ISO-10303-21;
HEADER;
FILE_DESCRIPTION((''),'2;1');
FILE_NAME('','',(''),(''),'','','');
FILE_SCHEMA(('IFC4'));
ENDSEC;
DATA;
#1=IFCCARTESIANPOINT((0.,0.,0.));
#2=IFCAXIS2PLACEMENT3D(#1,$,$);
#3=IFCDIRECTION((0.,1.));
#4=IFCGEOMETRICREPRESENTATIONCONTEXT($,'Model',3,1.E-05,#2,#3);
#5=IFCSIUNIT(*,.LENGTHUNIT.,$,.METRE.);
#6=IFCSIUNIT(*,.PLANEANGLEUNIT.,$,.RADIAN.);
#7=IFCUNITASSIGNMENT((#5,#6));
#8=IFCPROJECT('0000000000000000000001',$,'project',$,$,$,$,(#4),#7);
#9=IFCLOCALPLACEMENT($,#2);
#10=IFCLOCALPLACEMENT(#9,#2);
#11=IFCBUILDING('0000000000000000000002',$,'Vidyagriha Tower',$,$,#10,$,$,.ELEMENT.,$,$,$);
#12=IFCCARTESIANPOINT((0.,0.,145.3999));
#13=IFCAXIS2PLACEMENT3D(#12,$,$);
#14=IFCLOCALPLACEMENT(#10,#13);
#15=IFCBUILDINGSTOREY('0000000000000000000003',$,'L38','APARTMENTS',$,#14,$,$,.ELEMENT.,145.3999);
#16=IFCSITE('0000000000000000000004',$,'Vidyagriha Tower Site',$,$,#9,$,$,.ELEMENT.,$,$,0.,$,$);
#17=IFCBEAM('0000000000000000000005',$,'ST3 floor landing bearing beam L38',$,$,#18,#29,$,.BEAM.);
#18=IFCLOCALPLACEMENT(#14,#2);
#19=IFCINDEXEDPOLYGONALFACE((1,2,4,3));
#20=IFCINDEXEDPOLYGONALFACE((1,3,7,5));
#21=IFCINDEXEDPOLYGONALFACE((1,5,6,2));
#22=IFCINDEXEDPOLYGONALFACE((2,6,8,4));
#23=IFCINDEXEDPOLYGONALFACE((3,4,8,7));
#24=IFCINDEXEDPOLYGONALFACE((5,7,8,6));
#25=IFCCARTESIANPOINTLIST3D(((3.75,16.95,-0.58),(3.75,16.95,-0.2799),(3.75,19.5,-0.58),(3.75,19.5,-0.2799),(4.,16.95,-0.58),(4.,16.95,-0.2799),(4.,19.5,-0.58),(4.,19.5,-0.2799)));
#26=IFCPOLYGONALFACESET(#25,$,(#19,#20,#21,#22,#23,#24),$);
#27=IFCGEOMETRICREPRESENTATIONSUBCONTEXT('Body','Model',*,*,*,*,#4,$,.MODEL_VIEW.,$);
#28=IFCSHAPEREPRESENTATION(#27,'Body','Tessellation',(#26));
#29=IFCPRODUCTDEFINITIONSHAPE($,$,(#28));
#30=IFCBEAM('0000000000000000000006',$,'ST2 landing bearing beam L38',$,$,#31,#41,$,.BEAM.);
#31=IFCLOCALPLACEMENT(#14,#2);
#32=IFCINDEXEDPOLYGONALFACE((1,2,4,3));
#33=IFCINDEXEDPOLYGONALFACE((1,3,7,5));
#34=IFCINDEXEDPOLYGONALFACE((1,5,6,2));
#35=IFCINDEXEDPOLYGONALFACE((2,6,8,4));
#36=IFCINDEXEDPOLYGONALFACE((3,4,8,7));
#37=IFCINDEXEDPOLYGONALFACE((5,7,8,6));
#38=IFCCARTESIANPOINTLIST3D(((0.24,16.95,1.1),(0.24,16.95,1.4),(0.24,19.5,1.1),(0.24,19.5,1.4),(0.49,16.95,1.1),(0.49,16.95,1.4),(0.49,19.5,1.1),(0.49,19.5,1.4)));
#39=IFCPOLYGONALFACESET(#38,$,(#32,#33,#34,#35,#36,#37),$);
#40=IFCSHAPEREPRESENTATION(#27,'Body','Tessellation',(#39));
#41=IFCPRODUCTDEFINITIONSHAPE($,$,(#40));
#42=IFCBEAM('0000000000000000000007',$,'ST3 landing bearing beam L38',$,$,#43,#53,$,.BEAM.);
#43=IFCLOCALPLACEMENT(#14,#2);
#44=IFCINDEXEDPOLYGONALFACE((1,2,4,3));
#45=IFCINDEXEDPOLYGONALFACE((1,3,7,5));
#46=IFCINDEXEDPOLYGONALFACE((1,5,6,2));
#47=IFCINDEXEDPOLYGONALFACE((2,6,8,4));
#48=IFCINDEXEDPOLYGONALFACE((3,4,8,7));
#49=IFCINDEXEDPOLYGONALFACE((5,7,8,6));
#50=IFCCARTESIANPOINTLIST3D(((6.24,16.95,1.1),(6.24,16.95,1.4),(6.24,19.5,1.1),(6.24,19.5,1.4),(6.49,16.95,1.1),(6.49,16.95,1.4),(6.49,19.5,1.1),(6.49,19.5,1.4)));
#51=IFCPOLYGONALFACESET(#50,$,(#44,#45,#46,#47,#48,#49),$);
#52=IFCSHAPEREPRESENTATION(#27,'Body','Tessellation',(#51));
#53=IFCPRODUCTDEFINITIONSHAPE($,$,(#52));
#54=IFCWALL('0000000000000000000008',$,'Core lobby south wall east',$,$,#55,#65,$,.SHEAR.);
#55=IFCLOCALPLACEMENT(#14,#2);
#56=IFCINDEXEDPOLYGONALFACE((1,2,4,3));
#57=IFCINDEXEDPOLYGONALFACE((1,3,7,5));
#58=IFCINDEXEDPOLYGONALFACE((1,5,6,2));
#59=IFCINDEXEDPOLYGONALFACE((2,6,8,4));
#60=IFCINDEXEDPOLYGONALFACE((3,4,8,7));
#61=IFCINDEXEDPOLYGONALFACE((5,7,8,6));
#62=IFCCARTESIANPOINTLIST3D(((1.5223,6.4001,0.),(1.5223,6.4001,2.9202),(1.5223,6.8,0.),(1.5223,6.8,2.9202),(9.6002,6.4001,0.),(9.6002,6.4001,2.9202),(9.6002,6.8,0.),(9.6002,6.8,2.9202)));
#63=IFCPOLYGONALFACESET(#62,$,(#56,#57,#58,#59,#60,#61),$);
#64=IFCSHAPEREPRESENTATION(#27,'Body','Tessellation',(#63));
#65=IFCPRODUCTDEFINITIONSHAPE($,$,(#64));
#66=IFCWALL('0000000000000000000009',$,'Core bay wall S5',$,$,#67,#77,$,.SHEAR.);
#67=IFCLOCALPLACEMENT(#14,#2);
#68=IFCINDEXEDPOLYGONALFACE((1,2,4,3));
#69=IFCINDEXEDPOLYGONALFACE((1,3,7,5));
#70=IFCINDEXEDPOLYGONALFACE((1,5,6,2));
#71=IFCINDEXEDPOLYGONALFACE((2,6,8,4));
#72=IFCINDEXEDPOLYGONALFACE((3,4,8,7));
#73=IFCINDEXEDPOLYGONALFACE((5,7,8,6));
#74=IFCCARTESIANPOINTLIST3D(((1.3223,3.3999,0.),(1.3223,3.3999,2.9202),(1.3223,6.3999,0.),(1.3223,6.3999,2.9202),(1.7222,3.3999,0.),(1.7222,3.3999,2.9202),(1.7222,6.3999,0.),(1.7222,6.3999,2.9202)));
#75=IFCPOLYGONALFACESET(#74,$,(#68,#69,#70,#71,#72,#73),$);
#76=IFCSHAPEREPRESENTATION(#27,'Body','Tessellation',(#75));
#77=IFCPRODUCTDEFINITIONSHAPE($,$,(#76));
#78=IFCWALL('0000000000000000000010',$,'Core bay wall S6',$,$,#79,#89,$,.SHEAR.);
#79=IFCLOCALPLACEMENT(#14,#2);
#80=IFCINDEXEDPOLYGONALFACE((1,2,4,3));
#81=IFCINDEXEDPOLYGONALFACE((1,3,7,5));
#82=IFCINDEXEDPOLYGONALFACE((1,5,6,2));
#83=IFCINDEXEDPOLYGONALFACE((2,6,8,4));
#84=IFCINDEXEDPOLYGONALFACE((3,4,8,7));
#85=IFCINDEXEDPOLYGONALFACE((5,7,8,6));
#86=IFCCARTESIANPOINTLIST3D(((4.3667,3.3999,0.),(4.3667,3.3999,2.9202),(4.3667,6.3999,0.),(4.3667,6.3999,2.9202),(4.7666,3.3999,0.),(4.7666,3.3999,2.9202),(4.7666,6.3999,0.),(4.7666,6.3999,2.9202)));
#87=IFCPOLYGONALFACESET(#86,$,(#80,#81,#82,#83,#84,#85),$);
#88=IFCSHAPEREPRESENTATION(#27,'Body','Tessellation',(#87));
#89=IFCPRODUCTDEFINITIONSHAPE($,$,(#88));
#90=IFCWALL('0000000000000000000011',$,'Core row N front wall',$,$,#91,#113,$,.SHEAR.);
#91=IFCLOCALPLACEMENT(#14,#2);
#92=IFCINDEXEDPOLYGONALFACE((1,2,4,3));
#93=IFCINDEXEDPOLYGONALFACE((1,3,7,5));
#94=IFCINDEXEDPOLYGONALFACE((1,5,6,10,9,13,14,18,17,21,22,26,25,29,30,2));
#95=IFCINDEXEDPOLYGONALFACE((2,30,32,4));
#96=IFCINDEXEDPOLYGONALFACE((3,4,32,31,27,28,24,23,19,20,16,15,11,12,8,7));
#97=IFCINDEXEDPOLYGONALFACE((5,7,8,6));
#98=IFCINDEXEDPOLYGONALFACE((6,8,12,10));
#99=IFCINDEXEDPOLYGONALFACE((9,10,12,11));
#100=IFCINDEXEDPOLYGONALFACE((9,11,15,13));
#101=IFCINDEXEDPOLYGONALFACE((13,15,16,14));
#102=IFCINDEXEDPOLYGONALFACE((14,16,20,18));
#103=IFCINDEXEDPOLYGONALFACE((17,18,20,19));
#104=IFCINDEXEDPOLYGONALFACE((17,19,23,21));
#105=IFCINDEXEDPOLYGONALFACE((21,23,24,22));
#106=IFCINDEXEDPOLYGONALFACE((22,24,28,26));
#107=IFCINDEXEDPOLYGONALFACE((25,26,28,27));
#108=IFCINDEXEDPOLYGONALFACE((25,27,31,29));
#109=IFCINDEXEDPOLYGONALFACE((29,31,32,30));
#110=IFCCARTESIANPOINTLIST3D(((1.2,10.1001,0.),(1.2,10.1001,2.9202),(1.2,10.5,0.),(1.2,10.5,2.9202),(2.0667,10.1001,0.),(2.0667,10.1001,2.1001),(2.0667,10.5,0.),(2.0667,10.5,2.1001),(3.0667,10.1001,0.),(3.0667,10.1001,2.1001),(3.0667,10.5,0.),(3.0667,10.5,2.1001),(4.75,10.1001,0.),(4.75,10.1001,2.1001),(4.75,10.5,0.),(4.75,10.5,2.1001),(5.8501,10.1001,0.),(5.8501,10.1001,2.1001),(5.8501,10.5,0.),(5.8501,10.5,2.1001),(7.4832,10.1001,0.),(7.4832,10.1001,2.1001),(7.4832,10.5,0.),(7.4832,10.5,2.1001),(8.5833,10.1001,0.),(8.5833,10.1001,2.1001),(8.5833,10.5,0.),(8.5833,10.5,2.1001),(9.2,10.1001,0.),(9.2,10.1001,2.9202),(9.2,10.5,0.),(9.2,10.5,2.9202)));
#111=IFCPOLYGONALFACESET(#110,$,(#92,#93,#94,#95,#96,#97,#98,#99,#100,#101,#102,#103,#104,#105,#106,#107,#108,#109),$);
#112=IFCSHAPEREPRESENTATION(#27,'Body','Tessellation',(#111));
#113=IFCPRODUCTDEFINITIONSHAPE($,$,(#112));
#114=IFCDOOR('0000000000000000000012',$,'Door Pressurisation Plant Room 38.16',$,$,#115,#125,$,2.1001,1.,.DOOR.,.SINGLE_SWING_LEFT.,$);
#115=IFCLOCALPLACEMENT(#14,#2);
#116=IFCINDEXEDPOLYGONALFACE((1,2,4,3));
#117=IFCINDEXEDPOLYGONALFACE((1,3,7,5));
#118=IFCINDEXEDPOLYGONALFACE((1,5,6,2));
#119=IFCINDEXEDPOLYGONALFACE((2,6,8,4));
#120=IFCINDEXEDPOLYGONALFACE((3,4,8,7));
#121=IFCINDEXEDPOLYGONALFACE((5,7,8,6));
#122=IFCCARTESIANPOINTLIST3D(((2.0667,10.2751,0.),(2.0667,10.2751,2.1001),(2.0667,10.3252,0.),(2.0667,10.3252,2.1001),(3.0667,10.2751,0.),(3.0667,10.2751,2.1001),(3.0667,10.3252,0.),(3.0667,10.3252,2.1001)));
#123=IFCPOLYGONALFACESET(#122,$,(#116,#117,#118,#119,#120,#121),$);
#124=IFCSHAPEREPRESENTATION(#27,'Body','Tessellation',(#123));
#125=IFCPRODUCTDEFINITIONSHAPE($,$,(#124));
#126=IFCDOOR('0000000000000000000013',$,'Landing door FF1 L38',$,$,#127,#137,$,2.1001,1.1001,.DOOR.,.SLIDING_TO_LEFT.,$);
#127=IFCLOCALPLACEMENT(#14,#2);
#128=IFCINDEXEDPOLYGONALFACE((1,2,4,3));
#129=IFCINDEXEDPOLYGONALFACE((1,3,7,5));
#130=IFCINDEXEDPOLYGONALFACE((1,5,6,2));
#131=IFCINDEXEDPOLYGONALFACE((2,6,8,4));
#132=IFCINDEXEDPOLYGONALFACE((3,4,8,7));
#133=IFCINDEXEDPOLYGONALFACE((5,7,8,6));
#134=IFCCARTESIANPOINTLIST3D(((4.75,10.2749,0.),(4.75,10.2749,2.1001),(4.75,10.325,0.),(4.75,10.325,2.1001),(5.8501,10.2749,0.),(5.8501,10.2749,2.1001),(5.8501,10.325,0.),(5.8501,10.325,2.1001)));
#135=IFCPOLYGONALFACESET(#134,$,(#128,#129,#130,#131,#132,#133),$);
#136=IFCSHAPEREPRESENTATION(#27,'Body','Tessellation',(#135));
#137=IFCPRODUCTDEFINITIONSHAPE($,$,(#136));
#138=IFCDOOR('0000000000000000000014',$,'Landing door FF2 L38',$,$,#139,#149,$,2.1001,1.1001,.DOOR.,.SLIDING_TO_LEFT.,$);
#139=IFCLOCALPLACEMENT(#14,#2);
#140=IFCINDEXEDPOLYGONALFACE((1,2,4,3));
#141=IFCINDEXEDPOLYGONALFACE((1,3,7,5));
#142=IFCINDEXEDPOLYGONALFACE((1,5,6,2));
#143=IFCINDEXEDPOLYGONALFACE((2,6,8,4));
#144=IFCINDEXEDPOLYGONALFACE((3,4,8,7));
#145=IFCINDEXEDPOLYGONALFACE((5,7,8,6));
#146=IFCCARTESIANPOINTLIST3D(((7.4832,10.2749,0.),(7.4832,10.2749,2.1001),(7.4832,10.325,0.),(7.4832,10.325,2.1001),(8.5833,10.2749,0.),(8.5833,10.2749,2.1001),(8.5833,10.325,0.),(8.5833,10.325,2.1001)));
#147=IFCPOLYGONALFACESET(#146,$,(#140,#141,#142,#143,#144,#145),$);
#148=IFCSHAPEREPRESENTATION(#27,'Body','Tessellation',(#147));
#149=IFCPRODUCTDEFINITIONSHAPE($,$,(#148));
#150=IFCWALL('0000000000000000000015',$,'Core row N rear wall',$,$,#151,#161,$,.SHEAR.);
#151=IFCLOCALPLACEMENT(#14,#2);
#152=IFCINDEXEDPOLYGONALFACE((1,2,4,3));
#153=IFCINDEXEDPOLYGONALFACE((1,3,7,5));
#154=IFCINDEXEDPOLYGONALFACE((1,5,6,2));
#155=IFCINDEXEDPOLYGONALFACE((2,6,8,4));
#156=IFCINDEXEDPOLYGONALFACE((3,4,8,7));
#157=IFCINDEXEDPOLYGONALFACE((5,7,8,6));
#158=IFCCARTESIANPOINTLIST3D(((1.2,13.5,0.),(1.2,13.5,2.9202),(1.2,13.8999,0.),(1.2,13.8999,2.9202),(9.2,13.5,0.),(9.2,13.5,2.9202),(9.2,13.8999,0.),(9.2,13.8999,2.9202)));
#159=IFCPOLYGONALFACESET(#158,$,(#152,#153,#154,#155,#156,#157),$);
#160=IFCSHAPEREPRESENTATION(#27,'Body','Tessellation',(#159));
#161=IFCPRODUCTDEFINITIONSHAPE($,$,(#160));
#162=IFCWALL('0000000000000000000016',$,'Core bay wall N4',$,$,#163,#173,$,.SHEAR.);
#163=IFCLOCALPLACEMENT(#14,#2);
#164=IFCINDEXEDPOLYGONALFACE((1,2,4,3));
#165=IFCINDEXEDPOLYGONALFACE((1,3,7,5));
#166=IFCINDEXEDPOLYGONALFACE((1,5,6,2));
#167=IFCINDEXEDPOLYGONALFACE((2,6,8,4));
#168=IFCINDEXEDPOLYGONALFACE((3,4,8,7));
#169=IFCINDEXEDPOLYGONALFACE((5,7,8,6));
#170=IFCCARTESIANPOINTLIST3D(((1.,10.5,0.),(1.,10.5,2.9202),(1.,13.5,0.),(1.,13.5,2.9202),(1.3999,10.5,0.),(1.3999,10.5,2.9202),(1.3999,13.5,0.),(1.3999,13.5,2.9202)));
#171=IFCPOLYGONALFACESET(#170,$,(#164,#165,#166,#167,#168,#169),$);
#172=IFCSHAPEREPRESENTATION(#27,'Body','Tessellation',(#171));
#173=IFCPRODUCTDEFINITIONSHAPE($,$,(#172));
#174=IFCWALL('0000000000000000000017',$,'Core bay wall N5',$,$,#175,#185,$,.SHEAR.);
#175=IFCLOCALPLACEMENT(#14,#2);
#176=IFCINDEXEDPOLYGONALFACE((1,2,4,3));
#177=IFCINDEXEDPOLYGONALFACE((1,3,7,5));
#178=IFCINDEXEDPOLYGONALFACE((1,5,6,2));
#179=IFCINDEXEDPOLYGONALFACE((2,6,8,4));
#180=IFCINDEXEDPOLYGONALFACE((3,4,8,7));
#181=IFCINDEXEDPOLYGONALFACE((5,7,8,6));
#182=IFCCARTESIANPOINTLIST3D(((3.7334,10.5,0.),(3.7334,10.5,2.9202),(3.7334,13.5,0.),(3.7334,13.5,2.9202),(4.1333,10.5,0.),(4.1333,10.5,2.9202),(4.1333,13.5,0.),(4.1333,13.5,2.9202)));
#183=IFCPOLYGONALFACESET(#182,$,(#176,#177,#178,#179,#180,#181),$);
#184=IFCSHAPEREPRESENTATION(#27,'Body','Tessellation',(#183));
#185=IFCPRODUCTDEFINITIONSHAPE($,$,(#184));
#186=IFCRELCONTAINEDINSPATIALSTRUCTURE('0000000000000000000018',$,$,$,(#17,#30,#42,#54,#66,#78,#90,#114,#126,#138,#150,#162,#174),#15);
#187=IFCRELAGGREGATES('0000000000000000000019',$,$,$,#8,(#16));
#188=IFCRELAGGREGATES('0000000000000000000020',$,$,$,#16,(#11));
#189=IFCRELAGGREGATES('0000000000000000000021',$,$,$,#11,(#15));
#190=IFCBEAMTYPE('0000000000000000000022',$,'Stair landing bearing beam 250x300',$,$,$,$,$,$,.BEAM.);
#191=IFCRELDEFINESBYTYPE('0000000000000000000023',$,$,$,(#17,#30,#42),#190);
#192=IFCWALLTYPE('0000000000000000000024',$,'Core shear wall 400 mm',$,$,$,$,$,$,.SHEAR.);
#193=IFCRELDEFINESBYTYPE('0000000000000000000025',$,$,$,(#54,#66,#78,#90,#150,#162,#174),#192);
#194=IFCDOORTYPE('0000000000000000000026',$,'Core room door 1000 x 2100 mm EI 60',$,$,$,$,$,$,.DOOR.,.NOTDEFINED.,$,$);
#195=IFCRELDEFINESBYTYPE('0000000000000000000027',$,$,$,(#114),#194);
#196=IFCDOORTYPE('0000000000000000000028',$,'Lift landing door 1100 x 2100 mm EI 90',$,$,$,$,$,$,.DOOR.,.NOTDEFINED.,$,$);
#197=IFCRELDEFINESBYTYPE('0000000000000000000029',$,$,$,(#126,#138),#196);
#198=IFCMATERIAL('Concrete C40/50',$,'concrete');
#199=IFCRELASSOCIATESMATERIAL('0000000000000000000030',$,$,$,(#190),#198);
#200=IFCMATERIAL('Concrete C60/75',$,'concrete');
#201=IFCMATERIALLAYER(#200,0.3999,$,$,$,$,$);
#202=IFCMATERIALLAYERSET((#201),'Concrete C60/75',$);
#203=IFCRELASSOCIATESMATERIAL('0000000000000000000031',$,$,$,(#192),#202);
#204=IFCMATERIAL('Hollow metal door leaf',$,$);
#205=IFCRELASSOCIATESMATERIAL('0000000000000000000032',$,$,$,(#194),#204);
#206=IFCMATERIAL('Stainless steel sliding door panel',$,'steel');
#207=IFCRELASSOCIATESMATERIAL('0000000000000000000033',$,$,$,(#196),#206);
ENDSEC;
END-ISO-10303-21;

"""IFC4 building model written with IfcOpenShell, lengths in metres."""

from ifc_helpers import new_model, si_unit, direction, frame, frame_2d, origin, origin_2d, place, context, subcontext, project, spatial, rectangle, extrude, material, layer, layer_set, material_profile, profile_set, type_object, element, fill, save


model = new_model("IFC4")

# Units and contexts
model_context = context("Model", 3, precision=1e-05, world=origin(), true_north=direction((0.0, 1.0)))
body_context = subcontext(model_context, "Body", "Model", "MODEL_VIEW")
ifc_project = project(units=[si_unit("LENGTHUNIT", "METRE"), si_unit("PLANEANGLEUNIT", "RADIAN")], contexts=[model_context])

# Site, building, storey
site_placement = place(None, origin())
site = spatial("IfcSite", under=ifc_project, at=site_placement, Name="Vidyagriha Tower Site", CompositionType="ELEMENT", RefElevation=0.0)
building_placement = place(site_placement, origin())
building = spatial("IfcBuilding", under=site, at=building_placement, Name="Vidyagriha Tower", CompositionType="ELEMENT")
storey_placement = place(building_placement, frame((0.0, 0.0, 145.3999)))
storey = spatial("IfcBuildingStorey", under=building, at=storey_placement, Name="L38", Description="APARTMENTS", CompositionType="ELEMENT", Elevation=145.3999)

# Beams
ifc_material_1 = material(Name="Concrete C40/50", Category="concrete")
ifc_material_profile = material_profile(ifc_material_1, rectangle(XDim=0.25, YDim=0.3, at=origin_2d()), Name="Stair landing bearing beam 250x300")
ifc_profile_set = profile_set([ifc_material_profile], Name="Concrete C40/50")
beam_type = type_object("IfcBeamType", Name="Stair landing bearing beam 250x300", PredefinedType="BEAM", material=ifc_profile_set)
for number, where, z_axis, x_axis, name in (
    (1, (3.875, 16.95, -0.4299), (0.0, 1.0, 0.0), (-1.0, 0.0, 0.0), "ST3 floor landing bearing beam L38"),
    (2, (0.365, 16.95, 1.25), (0.0, 1.0, 0.0), (-1.0, 0.0, 0.0), "ST2 landing bearing beam L38"),
    (3, (6.365, 16.95, 1.25), (0.0, 1.0, 0.0), (-1.0, 0.0, 0.0), "ST3 landing bearing beam L38"),
):
    element("IfcBeam", number, at=place(storey_placement, frame(where, z_axis=z_axis, x_axis=x_axis)), inside=storey, type_object=beam_type, Name=name, PredefinedType="BEAM", context=body_context, shape_type="SweptSolid", body=[
        extrude(rectangle(XDim=0.25, YDim=0.3, at=origin_2d()), origin(), (0.0, 0.0, 1.0), 2.55),
    ])

# Walls
ifc_material_2 = material(Name="Concrete C60/75", Category="concrete")
ifc_layer_1 = layer(ifc_material_2, 0.3999)
ifc_layer_set_1 = layer_set([ifc_layer_1], Name="Concrete C60/75")
wall_type_1 = type_object("IfcWallType", Name="Core shear wall 400 mm", PredefinedType="SHEAR", material=ifc_layer_set_1)
wall_1_placement = place(storey_placement, frame((1.5222, 6.6001, 0.0)))
element("IfcWall", 4, at=wall_1_placement, inside=storey, type_object=wall_type_1, Name="Core lobby south wall east", PredefinedType="SHEAR", context=body_context, shape_type="SweptSolid", body=[
    extrude(rectangle(XDim=8.0779, YDim=0.3999, at=frame_2d((4.0391, 0.0))), origin(), (0.0, 0.0, 1.0), 2.9202),
])
for number, where, z_axis, x_axis, name in (
    (5, (1.5222, 3.3999, 0.0), (0.0, 0.0, 1.0), (0.0, 1.0, 0.0), "Core bay wall S5"),
    (6, (4.5667, 3.3999, 0.0), (0.0, 0.0, 1.0), (0.0, 1.0, 0.0), "Core bay wall S6"),
):
    element("IfcWall", number, at=place(storey_placement, frame(where, z_axis=z_axis, x_axis=x_axis)), inside=storey, type_object=wall_type_1, Name=name, PredefinedType="SHEAR", context=body_context, shape_type="SweptSolid", body=[
        extrude(rectangle(XDim=3.0, YDim=0.3999, at=frame_2d((1.5, 0.0))), origin(), (0.0, 0.0, 1.0), 2.9202),
    ])

# Wall, openings, doors
wall_2_placement = place(storey_placement, frame((1.2, 10.3, 0.0)))
wall_2 = element("IfcWall", 7, at=wall_2_placement, inside=storey, type_object=wall_type_1, Name="Core row N front wall", PredefinedType="SHEAR", context=body_context, shape_type="SweptSolid", body=[
    extrude(rectangle(XDim=8.0, YDim=0.3999, at=frame_2d((4.0, 0.0))), origin(), (0.0, 0.0, 1.0), 2.9202),
])
opening_1_placement = place(wall_2_placement, frame((3.55, 0.0, 0.0)))
opening_1 = element("IfcOpeningElement", 8, at=opening_1_placement, cuts=wall_2, PredefinedType="OPENING", context=body_context, shape_type="SweptSolid", body=[
    extrude(rectangle(XDim=1.1001, YDim=2.1001, at=frame_2d((0.55, 1.05))), frame((0.0, 0.21, 0.0), z_axis=(0.0, -1.0, 0.0), x_axis=(1.0, 0.0, 0.0)), (0.0, 0.0, 1.0), 0.4199),
])
opening_2_placement = place(wall_2_placement, frame((6.2832, 0.0, 0.0)))
opening_2 = element("IfcOpeningElement", 9, at=opening_2_placement, cuts=wall_2, PredefinedType="OPENING", context=body_context, shape_type="SweptSolid", body=[
    extrude(rectangle(XDim=1.1001, YDim=2.1001, at=frame_2d((0.55, 1.05))), frame((0.0, 0.21, 0.0), z_axis=(0.0, -1.0, 0.0), x_axis=(1.0, 0.0, 0.0)), (0.0, 0.0, 1.0), 0.4199),
])
opening_3_placement = place(wall_2_placement, frame((0.8667, 0.0, 0.0)))
opening_3 = element("IfcOpeningElement", 10, at=opening_3_placement, cuts=wall_2, PredefinedType="OPENING", context=body_context, shape_type="SweptSolid", body=[
    extrude(rectangle(XDim=1.0, YDim=2.1001, at=frame_2d((0.5, 1.05))), frame((0.0, 0.21, 0.0), z_axis=(0.0, -1.0, 0.0), x_axis=(1.0, 0.0, 0.0)), (0.0, 0.0, 1.0), 0.4199),
])
ifc_material_3 = material(Name="Hollow metal door leaf")
door_type_1 = type_object("IfcDoorType", Name="Core room door 1000 x 2100 mm EI 60", OperationType="NOTDEFINED", PredefinedType="DOOR", material=ifc_material_3)
door_1_placement = place(opening_3_placement, frame((1.0, 0.0, 0.0), z_axis=(0.0, 0.0, 1.0), x_axis=(-1.0, 0.0, 0.0)))
door_1 = element("IfcDoor", 11, at=door_1_placement, inside=storey, type_object=door_type_1, Name="Door Pressurisation Plant Room 38.16", OperationType="SINGLE_SWING_LEFT", OverallHeight=2.1001, OverallWidth=1.0, PredefinedType="DOOR", context=body_context, shape_type="SweptSolid", body=[
    extrude(rectangle(XDim=1.0, YDim=2.1001, at=frame_2d((0.5, 1.05))), frame((0.0, 0.0249, 0.0), z_axis=(0.0, -1.0, 0.0), x_axis=(1.0, 0.0, 0.0)), (0.0, 0.0, 1.0), 0.05),
])
fill(opening_3, door_1)
ifc_material_4 = material(Name="Stainless steel sliding door panel", Category="steel")
door_type_2 = type_object("IfcDoorType", Name="Lift landing door 1100 x 2100 mm EI 90", OperationType="NOTDEFINED", PredefinedType="DOOR", material=ifc_material_4)
door_2_placement = place(opening_1_placement, origin())
door_2 = element("IfcDoor", 12, at=door_2_placement, inside=storey, type_object=door_type_2, Name="Landing door FF1 L38", OperationType="SLIDING_TO_LEFT", OverallHeight=2.1001, OverallWidth=1.1001, PredefinedType="DOOR", context=body_context, shape_type="SweptSolid", body=[
    extrude(rectangle(XDim=1.1001, YDim=2.1001, at=frame_2d((0.55, 1.05))), frame((0.0, 0.0249, 0.0), z_axis=(0.0, -1.0, 0.0), x_axis=(1.0, 0.0, 0.0)), (0.0, 0.0, 1.0), 0.05),
])
fill(opening_1, door_2)
door_3_placement = place(opening_2_placement, origin())
door_3 = element("IfcDoor", 13, at=door_3_placement, inside=storey, type_object=door_type_2, Name="Landing door FF2 L38", OperationType="SLIDING_TO_LEFT", OverallHeight=2.1001, OverallWidth=1.1001, PredefinedType="DOOR", context=body_context, shape_type="SweptSolid", body=[
    extrude(rectangle(XDim=1.1001, YDim=2.1001, at=frame_2d((0.55, 1.05))), frame((0.0, 0.0249, 0.0), z_axis=(0.0, -1.0, 0.0), x_axis=(1.0, 0.0, 0.0)), (0.0, 0.0, 1.0), 0.05),
])
fill(opening_2, door_3)

# Walls
wall_3_placement = place(storey_placement, frame((1.2, 13.7, 0.0)))
element("IfcWall", 14, at=wall_3_placement, inside=storey, type_object=wall_type_1, Name="Core row N rear wall", PredefinedType="SHEAR", context=body_context, shape_type="SweptSolid", body=[
    extrude(rectangle(XDim=8.0, YDim=0.3999, at=frame_2d((4.0, 0.0))), origin(), (0.0, 0.0, 1.0), 2.9202),
])
for number, where, z_axis, x_axis, name in (
    (15, (1.2, 10.5, 0.0), (0.0, 0.0, 1.0), (0.0, 1.0, 0.0), "Core bay wall N4"),
    (16, (3.9333, 10.5, 0.0), (0.0, 0.0, 1.0), (0.0, 1.0, 0.0), "Core bay wall N5"),
):
    element("IfcWall", number, at=place(storey_placement, frame(where, z_axis=z_axis, x_axis=x_axis)), inside=storey, type_object=wall_type_1, Name=name, PredefinedType="SHEAR", context=body_context, shape_type="SweptSolid", body=[
        extrude(rectangle(XDim=3.0, YDim=0.3999, at=frame_2d((1.5, 0.0))), origin(), (0.0, 0.0, 1.0), 2.9202),
    ])

save(model, "model.ifc")
